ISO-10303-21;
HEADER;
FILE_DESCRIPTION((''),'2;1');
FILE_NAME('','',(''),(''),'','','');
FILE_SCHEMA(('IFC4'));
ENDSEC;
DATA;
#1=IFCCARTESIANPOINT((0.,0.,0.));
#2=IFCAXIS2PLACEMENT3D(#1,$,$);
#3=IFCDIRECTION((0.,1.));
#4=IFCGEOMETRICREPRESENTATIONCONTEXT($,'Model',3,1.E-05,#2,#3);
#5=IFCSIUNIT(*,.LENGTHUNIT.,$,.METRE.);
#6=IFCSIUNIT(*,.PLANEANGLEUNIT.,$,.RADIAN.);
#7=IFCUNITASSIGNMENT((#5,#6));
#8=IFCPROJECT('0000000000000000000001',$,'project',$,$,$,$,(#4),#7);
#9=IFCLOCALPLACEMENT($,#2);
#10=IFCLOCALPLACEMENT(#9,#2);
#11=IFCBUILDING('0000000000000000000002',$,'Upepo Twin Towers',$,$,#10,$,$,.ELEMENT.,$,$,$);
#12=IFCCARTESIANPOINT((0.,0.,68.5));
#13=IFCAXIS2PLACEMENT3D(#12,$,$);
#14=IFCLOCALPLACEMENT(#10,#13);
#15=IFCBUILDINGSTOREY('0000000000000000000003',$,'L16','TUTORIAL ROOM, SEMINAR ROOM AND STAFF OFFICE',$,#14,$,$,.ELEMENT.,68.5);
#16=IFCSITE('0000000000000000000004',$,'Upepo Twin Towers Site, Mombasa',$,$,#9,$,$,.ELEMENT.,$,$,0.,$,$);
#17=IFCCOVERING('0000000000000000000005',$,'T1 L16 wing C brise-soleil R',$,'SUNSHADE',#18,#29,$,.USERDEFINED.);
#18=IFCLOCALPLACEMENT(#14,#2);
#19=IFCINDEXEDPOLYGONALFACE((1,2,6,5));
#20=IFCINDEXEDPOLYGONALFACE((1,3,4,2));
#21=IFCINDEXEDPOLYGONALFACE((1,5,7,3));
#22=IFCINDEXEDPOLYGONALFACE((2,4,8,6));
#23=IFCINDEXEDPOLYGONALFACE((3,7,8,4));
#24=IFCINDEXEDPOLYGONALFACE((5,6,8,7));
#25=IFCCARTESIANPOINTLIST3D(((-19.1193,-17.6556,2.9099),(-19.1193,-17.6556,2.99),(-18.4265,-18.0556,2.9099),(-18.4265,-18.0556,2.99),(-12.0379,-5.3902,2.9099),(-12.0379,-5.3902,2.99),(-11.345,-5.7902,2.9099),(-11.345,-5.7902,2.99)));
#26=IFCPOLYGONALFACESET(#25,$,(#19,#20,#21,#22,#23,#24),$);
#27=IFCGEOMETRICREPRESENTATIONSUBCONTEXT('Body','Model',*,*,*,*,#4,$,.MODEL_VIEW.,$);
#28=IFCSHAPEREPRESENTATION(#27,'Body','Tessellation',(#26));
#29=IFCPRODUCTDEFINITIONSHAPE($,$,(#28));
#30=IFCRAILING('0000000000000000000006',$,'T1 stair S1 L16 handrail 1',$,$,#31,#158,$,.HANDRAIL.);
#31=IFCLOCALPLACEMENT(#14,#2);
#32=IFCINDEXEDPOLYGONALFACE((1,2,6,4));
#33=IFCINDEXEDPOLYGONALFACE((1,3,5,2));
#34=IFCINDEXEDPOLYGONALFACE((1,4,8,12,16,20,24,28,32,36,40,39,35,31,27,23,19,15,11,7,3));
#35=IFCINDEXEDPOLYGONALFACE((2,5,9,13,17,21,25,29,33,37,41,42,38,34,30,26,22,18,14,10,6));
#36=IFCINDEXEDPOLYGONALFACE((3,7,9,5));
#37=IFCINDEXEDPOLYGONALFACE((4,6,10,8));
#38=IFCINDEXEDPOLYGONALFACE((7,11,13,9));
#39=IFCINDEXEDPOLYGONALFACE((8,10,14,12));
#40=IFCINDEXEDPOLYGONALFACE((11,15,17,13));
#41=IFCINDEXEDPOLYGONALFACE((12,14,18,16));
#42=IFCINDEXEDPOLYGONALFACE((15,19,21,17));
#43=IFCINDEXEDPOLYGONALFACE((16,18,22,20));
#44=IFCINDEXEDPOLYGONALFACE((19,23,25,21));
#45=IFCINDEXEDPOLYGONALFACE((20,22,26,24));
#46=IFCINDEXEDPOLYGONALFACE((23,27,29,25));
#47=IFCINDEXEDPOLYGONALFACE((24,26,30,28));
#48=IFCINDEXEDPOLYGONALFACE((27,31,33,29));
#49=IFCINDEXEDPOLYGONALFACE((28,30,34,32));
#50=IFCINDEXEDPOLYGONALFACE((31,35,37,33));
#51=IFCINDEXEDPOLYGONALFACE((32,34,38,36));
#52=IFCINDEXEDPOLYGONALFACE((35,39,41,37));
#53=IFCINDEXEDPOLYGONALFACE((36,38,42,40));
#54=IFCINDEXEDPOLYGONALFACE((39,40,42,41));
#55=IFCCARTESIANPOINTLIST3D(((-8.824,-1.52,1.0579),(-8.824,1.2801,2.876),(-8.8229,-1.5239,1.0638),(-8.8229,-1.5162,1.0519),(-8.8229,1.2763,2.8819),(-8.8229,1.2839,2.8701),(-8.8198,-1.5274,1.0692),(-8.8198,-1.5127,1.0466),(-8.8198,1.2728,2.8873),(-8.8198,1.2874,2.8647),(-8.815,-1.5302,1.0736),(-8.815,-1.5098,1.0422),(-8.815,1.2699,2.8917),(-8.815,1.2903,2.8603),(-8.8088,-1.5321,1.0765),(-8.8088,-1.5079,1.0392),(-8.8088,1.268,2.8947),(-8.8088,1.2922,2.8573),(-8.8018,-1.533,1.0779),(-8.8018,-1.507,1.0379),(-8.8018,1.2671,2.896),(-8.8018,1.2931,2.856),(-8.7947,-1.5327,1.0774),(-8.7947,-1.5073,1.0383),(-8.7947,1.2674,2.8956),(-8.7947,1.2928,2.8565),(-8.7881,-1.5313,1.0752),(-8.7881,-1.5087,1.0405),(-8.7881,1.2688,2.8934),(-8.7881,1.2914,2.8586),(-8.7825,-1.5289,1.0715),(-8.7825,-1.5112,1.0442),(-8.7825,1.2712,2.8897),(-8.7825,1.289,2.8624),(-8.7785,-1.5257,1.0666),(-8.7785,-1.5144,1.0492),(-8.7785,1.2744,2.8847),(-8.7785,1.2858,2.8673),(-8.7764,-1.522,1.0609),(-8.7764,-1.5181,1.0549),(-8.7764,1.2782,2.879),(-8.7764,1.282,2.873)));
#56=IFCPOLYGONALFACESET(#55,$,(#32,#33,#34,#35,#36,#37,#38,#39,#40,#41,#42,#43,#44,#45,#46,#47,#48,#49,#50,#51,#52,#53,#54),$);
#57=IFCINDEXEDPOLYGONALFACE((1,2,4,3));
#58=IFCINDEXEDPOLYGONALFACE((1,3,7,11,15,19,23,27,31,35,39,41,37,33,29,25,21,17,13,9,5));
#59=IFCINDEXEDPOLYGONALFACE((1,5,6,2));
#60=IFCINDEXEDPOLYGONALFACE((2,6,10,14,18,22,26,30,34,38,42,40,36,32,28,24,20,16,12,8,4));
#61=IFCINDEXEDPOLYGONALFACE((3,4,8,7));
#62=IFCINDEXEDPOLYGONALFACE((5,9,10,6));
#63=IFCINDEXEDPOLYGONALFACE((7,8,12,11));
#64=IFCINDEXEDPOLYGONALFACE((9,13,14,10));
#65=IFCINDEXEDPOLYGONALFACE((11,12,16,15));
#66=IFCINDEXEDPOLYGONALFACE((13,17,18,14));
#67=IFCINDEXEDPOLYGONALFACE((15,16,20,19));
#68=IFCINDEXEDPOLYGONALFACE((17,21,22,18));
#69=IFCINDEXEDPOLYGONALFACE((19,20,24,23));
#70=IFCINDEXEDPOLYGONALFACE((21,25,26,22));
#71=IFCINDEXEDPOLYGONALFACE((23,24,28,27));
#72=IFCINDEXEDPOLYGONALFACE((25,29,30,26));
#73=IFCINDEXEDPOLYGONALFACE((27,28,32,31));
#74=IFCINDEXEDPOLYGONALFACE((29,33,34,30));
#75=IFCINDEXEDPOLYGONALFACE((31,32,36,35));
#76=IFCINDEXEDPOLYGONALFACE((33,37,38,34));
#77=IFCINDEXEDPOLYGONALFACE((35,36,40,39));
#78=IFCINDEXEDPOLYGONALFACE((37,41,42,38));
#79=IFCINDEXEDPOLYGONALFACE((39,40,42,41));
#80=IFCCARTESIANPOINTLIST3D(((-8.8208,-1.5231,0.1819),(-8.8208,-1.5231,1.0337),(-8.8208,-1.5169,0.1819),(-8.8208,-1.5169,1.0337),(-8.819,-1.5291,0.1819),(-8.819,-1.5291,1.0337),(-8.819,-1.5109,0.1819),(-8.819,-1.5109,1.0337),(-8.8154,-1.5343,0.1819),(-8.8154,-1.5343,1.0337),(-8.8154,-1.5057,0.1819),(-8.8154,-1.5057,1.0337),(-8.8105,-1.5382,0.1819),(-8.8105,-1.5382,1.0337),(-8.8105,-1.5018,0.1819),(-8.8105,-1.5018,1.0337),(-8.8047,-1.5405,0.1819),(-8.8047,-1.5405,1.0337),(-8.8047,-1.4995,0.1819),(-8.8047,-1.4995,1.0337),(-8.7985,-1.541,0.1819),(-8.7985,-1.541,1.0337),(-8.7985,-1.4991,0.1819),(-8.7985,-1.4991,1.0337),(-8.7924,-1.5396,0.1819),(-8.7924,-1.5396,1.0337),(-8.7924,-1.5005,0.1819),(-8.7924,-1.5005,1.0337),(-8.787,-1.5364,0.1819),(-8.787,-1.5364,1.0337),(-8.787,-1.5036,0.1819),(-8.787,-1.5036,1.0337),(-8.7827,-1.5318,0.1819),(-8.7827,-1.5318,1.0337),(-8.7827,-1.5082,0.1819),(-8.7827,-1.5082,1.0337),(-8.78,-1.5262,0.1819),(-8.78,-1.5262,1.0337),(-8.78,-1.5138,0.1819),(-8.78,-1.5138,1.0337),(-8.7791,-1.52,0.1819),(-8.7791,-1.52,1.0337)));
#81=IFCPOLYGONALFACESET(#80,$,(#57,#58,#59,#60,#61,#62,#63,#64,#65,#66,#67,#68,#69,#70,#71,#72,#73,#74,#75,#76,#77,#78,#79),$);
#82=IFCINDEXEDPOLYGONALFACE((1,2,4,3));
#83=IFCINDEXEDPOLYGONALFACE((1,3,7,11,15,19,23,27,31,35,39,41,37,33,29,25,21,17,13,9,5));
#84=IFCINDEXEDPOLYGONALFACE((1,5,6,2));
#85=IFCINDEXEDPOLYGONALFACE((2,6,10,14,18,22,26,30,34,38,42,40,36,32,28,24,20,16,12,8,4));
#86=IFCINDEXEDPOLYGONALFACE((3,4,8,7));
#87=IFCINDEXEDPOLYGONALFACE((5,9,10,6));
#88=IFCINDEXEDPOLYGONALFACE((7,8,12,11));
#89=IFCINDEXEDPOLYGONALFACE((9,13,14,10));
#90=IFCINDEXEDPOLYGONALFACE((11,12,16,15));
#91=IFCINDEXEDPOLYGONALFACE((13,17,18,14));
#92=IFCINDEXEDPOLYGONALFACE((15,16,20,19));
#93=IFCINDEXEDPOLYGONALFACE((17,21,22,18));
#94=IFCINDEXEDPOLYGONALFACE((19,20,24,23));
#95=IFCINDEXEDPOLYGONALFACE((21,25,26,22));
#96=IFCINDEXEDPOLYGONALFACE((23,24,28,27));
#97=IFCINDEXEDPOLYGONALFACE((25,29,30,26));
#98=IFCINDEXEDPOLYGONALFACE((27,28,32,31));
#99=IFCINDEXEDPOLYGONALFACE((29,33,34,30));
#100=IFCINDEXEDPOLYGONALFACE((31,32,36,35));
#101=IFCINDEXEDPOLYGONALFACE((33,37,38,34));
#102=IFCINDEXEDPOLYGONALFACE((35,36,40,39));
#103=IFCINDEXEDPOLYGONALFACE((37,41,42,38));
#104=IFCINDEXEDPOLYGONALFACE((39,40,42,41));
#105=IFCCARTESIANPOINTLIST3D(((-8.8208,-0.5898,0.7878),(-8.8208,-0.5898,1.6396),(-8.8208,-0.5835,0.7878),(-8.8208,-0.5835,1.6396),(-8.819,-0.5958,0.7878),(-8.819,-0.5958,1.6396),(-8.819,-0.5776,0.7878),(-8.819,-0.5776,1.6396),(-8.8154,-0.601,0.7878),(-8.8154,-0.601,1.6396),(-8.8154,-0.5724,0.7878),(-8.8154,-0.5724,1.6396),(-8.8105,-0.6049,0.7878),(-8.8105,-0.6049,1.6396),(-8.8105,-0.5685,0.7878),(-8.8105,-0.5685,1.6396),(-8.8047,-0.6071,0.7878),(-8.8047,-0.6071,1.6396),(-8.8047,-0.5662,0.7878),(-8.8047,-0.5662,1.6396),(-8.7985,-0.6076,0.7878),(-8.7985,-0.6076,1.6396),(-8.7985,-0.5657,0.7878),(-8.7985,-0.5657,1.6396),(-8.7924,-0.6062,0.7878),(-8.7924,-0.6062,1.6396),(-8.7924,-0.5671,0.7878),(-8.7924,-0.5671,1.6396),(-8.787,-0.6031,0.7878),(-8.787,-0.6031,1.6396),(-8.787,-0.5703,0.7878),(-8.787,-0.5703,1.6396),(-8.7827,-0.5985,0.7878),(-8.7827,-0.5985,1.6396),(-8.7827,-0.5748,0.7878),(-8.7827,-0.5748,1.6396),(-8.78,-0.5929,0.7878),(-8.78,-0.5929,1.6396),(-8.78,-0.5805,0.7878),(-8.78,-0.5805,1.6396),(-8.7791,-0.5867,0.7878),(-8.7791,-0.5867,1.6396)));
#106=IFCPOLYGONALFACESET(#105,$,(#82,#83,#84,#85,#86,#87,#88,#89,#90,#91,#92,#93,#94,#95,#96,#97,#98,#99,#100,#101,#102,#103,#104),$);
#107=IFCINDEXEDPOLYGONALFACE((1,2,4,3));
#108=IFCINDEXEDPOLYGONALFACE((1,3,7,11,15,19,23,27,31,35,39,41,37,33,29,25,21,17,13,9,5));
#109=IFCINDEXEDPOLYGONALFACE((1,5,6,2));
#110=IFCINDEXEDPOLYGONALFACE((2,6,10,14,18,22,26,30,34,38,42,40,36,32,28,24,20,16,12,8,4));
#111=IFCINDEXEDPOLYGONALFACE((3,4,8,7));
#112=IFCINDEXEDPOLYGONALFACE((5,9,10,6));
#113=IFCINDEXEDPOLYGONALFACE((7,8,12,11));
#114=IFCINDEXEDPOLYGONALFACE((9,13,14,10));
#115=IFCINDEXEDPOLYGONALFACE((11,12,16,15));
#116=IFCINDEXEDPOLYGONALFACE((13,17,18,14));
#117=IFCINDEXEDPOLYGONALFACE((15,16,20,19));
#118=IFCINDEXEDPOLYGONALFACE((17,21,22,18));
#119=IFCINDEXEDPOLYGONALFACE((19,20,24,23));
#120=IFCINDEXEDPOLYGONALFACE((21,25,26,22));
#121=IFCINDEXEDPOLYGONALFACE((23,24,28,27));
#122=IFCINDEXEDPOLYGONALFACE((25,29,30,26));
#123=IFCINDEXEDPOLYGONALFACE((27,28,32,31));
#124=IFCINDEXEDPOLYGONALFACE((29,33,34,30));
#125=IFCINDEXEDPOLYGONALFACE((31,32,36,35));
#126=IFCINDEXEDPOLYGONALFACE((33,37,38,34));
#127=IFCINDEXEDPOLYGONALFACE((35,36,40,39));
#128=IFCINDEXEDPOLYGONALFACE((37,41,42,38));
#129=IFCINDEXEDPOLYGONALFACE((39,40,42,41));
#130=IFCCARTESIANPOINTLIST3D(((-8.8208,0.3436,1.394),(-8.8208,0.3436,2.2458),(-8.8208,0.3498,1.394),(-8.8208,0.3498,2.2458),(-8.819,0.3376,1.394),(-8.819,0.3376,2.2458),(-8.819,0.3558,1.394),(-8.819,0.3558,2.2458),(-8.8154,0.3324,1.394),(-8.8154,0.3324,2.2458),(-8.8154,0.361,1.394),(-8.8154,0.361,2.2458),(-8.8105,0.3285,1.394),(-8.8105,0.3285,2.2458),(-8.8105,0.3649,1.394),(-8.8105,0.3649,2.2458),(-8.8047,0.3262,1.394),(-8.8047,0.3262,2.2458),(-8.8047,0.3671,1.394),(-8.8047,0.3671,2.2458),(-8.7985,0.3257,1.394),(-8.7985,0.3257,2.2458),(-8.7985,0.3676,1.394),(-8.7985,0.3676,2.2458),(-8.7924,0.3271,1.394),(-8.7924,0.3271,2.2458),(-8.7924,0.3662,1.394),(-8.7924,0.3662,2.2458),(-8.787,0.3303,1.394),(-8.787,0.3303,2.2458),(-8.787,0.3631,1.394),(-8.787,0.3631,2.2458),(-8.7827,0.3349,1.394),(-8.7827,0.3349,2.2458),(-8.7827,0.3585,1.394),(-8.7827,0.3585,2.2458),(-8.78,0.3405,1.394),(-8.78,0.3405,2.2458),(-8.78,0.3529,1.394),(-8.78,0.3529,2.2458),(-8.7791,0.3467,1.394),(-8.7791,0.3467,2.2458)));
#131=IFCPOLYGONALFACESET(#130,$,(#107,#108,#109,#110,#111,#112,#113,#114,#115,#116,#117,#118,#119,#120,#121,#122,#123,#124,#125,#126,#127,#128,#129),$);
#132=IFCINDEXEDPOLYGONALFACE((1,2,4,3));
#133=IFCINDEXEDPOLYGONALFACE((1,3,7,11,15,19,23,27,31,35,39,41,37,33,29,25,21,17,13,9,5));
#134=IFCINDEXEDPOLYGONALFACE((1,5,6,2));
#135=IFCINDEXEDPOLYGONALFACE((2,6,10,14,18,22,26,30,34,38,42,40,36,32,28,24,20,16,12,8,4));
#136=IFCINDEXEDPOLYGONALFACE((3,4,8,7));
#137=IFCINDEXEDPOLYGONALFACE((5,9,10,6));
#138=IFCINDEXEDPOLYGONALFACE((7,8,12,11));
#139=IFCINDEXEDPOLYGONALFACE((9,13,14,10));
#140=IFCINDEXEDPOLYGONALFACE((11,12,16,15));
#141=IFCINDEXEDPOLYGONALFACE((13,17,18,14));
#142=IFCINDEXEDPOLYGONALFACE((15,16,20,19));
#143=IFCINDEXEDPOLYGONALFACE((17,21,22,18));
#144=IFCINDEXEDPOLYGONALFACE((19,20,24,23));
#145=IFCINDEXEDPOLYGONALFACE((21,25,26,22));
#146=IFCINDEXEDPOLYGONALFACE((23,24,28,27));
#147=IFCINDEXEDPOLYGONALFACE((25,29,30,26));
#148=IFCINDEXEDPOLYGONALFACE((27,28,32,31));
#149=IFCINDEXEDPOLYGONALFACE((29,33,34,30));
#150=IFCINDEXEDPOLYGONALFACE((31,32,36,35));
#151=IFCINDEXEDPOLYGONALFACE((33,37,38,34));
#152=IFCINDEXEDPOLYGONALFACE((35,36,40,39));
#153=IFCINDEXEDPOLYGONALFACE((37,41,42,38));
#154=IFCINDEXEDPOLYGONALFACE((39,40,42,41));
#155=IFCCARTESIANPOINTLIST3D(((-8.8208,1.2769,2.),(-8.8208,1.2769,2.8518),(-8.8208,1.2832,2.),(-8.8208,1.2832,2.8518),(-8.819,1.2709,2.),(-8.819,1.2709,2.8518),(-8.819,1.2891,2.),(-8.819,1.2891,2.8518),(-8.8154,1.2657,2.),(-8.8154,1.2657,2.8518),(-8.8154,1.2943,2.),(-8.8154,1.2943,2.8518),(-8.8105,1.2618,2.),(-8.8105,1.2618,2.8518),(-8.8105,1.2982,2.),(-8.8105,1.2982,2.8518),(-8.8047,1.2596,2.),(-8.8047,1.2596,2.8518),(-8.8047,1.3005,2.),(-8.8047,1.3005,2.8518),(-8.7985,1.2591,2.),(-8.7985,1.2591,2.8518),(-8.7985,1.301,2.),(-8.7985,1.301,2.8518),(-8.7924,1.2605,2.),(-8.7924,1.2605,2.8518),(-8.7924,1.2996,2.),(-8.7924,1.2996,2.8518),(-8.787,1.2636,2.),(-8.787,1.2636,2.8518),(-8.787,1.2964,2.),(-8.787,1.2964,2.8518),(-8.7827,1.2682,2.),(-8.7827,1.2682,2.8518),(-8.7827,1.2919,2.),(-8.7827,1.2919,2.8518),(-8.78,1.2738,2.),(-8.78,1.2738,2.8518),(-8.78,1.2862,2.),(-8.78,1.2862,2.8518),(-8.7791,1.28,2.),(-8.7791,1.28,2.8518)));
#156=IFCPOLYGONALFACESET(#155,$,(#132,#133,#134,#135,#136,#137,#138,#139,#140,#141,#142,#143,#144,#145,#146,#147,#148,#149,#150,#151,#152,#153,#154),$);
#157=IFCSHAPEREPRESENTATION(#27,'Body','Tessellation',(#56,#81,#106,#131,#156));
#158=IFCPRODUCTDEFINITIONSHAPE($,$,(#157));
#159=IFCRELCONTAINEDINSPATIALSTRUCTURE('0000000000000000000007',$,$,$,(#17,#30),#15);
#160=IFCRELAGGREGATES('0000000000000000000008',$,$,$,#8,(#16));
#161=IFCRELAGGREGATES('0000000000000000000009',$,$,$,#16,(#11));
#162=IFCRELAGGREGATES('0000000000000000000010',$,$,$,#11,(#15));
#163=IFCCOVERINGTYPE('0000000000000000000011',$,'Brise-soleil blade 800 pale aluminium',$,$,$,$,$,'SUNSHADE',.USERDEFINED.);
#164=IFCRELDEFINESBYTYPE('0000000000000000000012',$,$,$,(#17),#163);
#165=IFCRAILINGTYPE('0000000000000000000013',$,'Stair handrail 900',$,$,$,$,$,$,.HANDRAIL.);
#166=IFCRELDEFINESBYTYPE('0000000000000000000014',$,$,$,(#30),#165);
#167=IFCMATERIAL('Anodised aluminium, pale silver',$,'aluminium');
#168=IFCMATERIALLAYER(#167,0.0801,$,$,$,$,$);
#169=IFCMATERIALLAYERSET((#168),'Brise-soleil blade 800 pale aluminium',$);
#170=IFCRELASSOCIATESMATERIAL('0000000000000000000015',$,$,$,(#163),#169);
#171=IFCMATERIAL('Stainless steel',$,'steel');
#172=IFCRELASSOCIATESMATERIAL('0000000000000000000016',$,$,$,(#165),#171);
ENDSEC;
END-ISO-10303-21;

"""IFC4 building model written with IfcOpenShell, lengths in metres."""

from ifc_helpers import new_model, si_unit, direction, frame, origin, origin_2d, place, context, subcontext, project, spatial, rectangle, circle, extrude, material, layer, layer_set, type_object, element, save


model = new_model("IFC4")

# Units and contexts
model_context = context("Model", 3, precision=1e-05, world=origin(), true_north=direction((0.0, 1.0)))
body_context = subcontext(model_context, "Body", "Model", "MODEL_VIEW")
ifc_project = project(units=[si_unit("LENGTHUNIT", "METRE"), si_unit("PLANEANGLEUNIT", "RADIAN")], contexts=[model_context])

# Site, building, storey
site_placement = place(None, origin())
site = spatial("IfcSite", under=ifc_project, at=site_placement, Name="Upepo Twin Towers Site, Mombasa", CompositionType="ELEMENT", RefElevation=0.0)
building_placement = place(site_placement, origin())
building = spatial("IfcBuilding", under=site, at=building_placement, Name="Upepo Twin Towers", CompositionType="ELEMENT")
storey_placement = place(building_placement, frame((0.0, 0.0, 68.5)))
storey = spatial("IfcBuildingStorey", under=building, at=storey_placement, Name="L16", Description="TUTORIAL ROOM, SEMINAR ROOM AND STAFF OFFICE", CompositionType="ELEMENT", Elevation=68.5)

# Covering
ifc_material_1 = material(Name="Anodised aluminium, pale silver", Category="aluminium")
ifc_layer_1 = layer(ifc_material_1, 0.0801)
ifc_layer_set_1 = layer_set([ifc_layer_1], Name="Brise-soleil blade 800 pale aluminium")
covering_type = type_object("IfcCoveringType", Name="Brise-soleil blade 800 pale aluminium", ElementType="SUNSHADE", PredefinedType="USERDEFINED", material=ifc_layer_set_1)
covering_placement = place(storey_placement, frame((-15.2322, -11.7229, 2.9099), z_axis=(0.0, 0.0, 1.0), x_axis=(-0.5, -0.866025, 0.0)))
element("IfcCovering", 1, at=covering_placement, inside=storey, type_object=covering_type, Name="T1 L16 wing C brise-soleil R", ObjectType="SUNSHADE", PredefinedType="USERDEFINED", context=body_context, shape_type="SweptSolid", body=[
    extrude(rectangle(XDim=14.1628, YDim=0.8, at=origin_2d()), origin(), (0.0, 0.0, 1.0), 0.0801),
])

# Railing
ifc_material_2 = material(Name="Stainless steel", Category="steel")
railing_type = type_object("IfcRailingType", Name="Stair handrail 900", PredefinedType="HANDRAIL", material=ifc_material_2)
railing_placement = place(storey_placement, frame((-8.8, -1.52, 0.1819)))
element("IfcRailing", 2, at=railing_placement, inside=storey, type_object=railing_type, Name="T1 stair S1 L16 handrail 1", PredefinedType="HANDRAIL", context=body_context, shape_type="SweptSolid", body=[
    extrude(circle(Radius=0.0239, at=origin_2d()), frame((0.0, 0.0, 0.876), z_axis=(0.0, 0.838706, 0.544585), x_axis=(-1.0, 0.0, 0.0)), (0.0, 0.0, 1.0), 3.3386),
    extrude(circle(Radius=0.021, at=origin_2d()), origin(), (0.0, 0.0, 1.0), 0.8518),
    extrude(circle(Radius=0.021, at=origin_2d()), frame((0.0, 0.9333, 0.606)), (0.0, 0.0, 1.0), 0.8518),
    extrude(circle(Radius=0.021, at=origin_2d()), frame((0.0, 1.8667, 1.2122)), (0.0, 0.0, 1.0), 0.8518),
    extrude(circle(Radius=0.021, at=origin_2d()), frame((0.0, 2.8, 1.8181)), (0.0, 0.0, 1.0), 0.8518),
])

save(model, "model.ifc")
